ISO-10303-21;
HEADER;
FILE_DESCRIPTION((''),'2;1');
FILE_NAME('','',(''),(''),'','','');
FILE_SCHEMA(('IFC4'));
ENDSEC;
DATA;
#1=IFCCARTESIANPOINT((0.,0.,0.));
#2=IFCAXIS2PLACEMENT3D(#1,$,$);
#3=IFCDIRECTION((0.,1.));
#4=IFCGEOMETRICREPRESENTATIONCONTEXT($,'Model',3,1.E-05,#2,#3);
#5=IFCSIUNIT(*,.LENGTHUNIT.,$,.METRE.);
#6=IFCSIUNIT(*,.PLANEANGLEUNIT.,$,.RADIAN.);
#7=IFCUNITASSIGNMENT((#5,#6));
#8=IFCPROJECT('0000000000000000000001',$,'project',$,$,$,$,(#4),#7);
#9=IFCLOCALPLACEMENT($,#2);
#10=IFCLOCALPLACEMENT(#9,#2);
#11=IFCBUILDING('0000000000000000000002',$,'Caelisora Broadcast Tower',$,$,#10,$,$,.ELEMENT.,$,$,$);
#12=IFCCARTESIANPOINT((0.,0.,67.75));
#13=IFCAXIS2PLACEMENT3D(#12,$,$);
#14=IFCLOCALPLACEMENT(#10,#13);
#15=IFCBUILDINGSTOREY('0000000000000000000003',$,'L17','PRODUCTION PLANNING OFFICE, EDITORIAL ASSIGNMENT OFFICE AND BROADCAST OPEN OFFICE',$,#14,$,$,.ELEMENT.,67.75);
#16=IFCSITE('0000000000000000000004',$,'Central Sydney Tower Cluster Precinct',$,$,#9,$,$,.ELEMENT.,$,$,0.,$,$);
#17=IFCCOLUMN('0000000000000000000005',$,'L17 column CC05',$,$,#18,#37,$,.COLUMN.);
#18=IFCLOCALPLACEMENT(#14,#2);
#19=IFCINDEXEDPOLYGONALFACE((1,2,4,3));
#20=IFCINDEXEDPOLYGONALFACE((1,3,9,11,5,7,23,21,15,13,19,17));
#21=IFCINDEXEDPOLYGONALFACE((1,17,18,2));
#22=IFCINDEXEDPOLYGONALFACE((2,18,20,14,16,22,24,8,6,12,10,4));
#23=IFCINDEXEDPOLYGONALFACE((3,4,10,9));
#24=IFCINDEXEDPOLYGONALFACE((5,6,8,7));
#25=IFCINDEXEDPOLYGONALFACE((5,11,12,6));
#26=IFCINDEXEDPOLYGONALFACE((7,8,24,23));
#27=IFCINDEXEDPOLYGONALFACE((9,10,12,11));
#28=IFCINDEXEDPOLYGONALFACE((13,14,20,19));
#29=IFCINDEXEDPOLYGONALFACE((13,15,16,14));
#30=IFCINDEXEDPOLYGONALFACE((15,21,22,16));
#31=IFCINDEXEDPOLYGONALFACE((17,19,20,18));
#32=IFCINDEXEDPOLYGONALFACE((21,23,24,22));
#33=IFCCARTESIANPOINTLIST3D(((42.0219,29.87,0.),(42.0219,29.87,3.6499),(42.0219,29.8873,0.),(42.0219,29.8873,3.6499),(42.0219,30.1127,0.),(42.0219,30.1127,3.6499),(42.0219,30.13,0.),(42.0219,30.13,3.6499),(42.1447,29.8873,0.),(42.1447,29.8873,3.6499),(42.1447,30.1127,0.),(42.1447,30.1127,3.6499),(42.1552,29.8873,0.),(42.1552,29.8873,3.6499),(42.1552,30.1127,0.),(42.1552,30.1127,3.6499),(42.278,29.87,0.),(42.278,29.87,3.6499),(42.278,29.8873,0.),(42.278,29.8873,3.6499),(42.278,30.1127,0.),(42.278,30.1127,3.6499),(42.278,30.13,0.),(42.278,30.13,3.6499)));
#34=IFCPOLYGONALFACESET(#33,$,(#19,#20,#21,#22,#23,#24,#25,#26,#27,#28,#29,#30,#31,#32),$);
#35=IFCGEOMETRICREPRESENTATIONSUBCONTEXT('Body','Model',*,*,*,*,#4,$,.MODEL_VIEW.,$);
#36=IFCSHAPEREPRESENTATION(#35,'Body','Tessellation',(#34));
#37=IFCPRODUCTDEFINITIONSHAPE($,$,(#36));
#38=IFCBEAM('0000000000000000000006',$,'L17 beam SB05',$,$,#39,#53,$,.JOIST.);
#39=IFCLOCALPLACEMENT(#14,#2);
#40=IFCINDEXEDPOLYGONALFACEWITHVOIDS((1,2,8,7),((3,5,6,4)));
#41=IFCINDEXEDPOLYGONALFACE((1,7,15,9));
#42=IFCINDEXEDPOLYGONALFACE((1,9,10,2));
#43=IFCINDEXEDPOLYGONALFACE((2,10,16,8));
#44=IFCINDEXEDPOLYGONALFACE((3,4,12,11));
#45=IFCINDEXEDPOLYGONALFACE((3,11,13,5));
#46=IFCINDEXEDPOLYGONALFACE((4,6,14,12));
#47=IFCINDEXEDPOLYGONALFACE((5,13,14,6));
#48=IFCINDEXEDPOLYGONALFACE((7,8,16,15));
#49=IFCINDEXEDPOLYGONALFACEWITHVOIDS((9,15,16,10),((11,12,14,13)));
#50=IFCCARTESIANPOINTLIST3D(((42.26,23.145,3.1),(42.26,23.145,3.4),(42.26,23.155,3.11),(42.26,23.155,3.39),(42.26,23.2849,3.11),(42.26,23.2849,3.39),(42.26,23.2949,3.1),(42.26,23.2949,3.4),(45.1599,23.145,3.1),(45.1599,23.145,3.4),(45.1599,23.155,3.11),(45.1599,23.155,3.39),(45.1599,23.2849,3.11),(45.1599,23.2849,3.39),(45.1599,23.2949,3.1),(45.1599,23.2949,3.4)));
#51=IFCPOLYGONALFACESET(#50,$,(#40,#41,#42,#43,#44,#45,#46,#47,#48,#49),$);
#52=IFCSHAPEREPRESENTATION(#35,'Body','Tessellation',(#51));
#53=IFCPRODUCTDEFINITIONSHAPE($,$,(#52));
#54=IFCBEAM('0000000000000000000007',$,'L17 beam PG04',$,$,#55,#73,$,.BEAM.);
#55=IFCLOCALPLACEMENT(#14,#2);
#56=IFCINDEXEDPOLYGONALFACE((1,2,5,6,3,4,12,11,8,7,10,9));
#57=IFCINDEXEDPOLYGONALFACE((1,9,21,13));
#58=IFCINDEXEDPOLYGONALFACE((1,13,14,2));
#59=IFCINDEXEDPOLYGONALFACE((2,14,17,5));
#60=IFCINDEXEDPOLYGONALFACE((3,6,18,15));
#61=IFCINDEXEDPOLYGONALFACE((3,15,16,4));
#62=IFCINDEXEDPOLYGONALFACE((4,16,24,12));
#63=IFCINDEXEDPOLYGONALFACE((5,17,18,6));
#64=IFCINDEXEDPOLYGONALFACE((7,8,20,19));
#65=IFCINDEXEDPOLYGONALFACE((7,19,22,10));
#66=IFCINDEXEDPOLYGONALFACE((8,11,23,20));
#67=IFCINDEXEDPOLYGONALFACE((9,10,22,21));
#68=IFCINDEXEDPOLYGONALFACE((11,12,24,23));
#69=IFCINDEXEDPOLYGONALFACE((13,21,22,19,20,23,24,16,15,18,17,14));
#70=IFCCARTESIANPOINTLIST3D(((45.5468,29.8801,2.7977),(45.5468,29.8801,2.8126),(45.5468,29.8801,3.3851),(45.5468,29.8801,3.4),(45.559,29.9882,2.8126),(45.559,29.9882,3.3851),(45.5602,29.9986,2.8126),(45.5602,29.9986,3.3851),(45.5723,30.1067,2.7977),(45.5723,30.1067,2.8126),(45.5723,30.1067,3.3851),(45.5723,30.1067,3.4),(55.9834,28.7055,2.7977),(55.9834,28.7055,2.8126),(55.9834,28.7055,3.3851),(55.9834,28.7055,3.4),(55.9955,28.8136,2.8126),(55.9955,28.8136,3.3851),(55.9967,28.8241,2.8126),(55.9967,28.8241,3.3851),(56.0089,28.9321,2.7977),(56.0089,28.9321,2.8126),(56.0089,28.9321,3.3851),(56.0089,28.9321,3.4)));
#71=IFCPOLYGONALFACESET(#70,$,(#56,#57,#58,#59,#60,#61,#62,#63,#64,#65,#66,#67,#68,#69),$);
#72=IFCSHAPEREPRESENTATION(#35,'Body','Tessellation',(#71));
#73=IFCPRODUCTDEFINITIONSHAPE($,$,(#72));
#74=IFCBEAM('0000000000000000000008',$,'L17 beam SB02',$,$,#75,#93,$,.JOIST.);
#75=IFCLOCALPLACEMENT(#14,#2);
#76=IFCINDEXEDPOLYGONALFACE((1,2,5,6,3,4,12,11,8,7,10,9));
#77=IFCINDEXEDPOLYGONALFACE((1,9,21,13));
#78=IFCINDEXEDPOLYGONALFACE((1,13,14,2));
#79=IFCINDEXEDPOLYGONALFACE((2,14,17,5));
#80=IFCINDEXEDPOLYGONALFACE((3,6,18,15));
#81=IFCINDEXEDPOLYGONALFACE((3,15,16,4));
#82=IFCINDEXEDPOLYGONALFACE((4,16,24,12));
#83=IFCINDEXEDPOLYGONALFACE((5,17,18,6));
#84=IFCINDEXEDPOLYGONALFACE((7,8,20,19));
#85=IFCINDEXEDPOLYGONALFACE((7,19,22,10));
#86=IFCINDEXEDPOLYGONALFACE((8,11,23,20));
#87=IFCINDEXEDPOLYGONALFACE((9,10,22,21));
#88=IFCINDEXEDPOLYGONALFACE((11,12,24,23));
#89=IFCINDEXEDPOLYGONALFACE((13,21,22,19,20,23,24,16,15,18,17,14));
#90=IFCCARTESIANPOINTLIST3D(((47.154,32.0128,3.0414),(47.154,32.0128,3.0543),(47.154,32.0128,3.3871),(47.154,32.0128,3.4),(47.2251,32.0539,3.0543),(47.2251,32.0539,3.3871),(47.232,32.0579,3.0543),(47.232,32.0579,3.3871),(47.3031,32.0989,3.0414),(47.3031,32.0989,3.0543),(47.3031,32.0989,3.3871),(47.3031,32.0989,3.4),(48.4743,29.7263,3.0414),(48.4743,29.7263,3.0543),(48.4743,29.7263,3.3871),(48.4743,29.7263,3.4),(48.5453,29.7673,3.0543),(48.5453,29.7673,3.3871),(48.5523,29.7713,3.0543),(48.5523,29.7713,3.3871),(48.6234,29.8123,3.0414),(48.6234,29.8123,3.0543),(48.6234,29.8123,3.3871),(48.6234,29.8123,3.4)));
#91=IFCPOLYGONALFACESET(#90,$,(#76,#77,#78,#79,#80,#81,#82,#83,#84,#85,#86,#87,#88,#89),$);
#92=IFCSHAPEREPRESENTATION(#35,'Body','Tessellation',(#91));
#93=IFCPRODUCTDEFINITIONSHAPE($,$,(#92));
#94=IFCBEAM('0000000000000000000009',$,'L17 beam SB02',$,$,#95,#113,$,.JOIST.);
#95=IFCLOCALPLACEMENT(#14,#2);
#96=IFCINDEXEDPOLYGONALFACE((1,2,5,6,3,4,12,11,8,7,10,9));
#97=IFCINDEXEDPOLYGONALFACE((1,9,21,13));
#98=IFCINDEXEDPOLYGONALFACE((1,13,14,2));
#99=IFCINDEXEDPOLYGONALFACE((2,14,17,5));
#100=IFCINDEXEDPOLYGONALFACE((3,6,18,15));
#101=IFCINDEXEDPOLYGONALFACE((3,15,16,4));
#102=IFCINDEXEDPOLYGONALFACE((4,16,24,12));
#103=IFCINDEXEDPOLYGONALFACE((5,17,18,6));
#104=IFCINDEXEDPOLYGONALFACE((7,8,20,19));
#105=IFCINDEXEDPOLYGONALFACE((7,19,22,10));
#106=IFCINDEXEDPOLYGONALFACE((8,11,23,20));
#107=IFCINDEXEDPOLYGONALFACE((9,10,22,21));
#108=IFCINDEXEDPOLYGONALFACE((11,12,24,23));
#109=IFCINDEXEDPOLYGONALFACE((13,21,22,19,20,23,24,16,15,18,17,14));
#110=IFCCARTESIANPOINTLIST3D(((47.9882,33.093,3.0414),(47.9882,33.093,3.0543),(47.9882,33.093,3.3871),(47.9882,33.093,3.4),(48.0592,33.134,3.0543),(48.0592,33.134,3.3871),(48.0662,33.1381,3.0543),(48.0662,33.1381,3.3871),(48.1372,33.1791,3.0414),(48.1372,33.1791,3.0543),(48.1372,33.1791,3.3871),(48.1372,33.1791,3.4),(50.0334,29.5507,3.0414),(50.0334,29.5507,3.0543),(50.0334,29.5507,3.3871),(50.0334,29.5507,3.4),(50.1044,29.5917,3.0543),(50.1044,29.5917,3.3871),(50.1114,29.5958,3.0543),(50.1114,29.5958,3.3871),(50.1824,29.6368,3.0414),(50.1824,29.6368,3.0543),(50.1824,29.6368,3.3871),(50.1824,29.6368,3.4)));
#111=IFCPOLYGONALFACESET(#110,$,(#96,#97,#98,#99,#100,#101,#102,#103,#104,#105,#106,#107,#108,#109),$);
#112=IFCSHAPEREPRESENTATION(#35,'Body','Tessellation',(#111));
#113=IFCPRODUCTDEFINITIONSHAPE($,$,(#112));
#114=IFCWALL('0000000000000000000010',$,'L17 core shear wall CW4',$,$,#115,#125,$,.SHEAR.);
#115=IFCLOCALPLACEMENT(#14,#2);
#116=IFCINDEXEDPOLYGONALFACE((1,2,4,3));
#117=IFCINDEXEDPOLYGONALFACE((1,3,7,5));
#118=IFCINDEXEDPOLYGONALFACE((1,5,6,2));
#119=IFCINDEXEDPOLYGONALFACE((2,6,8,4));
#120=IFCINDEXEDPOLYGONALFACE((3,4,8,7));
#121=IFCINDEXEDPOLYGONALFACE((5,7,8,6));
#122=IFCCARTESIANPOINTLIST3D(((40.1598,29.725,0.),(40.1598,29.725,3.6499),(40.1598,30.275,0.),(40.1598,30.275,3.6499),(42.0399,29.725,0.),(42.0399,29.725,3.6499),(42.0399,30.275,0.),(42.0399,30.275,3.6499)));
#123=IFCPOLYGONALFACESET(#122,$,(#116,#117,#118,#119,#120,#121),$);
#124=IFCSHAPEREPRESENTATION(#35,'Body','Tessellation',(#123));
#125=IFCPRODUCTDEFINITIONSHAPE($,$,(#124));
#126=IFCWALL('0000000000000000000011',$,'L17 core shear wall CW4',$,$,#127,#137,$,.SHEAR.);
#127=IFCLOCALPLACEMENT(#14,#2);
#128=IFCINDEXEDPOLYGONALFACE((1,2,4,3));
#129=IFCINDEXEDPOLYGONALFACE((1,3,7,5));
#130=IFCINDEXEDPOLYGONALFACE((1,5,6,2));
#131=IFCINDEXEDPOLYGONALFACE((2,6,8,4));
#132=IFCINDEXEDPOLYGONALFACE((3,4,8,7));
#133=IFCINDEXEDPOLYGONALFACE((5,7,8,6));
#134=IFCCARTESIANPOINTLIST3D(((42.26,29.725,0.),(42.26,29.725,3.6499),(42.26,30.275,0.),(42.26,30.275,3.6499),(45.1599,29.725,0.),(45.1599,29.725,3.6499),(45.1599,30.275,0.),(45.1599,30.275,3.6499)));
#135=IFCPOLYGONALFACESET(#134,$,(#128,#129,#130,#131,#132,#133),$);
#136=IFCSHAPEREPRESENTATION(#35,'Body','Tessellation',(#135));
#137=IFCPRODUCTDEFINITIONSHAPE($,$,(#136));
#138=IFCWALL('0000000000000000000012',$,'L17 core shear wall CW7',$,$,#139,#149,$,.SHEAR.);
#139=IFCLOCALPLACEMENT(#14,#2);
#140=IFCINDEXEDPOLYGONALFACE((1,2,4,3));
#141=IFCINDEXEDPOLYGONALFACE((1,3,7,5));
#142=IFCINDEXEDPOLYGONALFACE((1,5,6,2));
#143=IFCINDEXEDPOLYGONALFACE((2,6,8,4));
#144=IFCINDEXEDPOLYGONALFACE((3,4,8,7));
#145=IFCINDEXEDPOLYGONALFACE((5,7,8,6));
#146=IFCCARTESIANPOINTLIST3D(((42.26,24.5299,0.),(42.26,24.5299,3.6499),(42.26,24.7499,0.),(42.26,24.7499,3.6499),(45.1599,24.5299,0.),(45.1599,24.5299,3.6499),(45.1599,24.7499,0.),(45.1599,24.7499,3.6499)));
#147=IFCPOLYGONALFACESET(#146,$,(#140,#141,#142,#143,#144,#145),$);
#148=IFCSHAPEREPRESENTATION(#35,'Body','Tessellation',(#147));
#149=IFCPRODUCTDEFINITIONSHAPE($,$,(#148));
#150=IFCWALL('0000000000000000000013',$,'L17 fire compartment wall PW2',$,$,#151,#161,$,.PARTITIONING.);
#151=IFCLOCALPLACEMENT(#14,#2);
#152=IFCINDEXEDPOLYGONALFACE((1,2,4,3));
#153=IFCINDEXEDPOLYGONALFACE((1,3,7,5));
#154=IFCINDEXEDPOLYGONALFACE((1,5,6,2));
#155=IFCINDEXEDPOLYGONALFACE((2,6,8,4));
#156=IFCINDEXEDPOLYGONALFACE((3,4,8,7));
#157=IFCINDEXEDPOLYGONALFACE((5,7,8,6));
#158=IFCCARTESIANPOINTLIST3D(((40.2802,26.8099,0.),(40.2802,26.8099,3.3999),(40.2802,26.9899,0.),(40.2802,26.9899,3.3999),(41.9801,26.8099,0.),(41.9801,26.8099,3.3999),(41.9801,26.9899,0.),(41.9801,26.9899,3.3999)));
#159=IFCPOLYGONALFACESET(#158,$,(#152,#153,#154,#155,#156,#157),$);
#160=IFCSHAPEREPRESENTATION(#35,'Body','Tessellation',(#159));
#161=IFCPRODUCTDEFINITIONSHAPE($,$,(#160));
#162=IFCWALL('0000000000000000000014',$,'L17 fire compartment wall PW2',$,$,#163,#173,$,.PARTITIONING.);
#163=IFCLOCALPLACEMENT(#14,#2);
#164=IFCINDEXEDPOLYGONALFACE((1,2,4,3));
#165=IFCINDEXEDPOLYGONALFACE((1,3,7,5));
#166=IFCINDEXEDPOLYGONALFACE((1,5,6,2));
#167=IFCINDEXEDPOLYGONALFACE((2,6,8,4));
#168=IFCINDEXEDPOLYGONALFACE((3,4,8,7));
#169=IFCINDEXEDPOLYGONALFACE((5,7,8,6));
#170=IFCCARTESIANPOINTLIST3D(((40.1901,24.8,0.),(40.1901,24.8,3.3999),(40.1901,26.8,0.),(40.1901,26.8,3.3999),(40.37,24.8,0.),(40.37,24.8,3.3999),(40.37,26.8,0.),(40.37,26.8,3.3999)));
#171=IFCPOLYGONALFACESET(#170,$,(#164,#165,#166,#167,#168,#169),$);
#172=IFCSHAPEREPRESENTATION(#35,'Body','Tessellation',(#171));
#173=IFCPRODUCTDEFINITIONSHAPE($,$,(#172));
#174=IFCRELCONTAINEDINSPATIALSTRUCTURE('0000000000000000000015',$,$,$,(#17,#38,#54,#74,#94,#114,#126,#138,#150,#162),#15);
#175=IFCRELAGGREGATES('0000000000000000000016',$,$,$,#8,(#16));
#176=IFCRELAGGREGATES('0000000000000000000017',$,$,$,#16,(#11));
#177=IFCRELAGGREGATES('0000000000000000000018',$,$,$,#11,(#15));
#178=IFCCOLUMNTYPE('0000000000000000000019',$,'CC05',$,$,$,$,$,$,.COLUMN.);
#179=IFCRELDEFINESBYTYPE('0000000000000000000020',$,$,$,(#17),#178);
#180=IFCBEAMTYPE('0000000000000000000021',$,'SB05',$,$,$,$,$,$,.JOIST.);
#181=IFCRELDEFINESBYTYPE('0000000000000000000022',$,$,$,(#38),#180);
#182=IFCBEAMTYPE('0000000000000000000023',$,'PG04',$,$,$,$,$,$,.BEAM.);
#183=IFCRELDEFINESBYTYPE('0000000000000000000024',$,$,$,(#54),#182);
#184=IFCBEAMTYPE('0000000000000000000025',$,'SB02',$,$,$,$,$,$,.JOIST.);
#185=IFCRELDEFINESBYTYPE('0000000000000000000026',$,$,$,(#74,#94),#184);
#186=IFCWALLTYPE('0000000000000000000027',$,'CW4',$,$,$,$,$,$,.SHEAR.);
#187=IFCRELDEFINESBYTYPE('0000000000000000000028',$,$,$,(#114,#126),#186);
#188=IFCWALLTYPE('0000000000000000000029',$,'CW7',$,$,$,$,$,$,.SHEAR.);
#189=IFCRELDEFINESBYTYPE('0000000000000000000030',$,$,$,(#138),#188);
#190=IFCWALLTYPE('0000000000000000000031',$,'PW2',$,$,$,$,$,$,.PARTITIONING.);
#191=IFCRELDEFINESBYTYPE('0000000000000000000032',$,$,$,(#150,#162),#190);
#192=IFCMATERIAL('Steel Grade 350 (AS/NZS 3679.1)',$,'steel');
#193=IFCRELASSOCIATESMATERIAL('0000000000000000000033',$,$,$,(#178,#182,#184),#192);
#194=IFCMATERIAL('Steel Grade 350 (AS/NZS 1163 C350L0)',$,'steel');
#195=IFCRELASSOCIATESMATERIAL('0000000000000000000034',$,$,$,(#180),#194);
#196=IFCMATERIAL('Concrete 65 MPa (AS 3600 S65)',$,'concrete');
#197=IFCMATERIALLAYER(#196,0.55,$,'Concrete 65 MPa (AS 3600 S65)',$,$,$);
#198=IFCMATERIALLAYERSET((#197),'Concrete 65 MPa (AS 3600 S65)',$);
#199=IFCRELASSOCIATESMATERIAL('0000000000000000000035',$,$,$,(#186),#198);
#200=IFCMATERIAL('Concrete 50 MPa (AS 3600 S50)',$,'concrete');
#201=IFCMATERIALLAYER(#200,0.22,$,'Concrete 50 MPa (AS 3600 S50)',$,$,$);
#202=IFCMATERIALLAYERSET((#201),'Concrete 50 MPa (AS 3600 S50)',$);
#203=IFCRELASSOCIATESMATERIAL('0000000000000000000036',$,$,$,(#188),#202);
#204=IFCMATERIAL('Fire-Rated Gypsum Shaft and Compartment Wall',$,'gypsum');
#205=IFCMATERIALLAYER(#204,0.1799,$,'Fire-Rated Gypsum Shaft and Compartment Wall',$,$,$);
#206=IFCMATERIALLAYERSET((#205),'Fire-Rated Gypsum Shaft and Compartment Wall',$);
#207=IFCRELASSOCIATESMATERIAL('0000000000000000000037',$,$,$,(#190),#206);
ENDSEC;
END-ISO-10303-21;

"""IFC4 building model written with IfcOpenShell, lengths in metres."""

from ifc_helpers import new_model, si_unit, direction, frame, frame_2d, origin, origin_2d, place, context, subcontext, project, spatial, rectangle, hollow_rectangle, i_section, extrude, source, transform, mapped, material, layer, layer_set, material_profile, profile_set, type_object, type_shapes, element, save


model = new_model("IFC4")

# Units and contexts
model_context = context("Model", 3, precision=1e-05, world=origin(), true_north=direction((0.0, 1.0)))
body_context = subcontext(model_context, "Body", "Model", "MODEL_VIEW")
ifc_project = project(units=[si_unit("LENGTHUNIT", "METRE"), si_unit("PLANEANGLEUNIT", "RADIAN")], contexts=[model_context])

# Site, building, storey
site_placement = place(None, origin())
site = spatial("IfcSite", under=ifc_project, at=site_placement, Name="Central Sydney Tower Cluster Precinct", CompositionType="ELEMENT", RefElevation=0.0)
building_placement = place(site_placement, origin())
building = spatial("IfcBuilding", under=site, at=building_placement, Name="Caelisora Broadcast Tower", CompositionType="ELEMENT")
storey_placement = place(building_placement, frame((0.0, 0.0, 67.75)))
storey = spatial("IfcBuildingStorey", under=building, at=storey_placement, Name="L17", Description="PRODUCTION PLANNING OFFICE, EDITORIAL ASSIGNMENT OFFICE AND BROADCAST OPEN OFFICE", CompositionType="ELEMENT", Elevation=67.75)

# Column
ifc_material_1 = material(Name="Steel Grade 350 (AS/NZS 3679.1)", Category="steel")
ifc_material_profile_1 = material_profile(ifc_material_1, i_section(OverallWidth=0.2561, OverallDepth=0.26, WebThickness=0.0105, FlangeThickness=0.0173, at=origin_2d()), Name="Steel Grade 350 (AS/NZS 3679.1)")
ifc_profile_set_1 = profile_set([ifc_material_profile_1], Name="Steel Grade 350 (AS/NZS 3679.1)")
column_type = type_object("IfcColumnType", Name="CC05", PredefinedType="COLUMN", material=ifc_profile_set_1)
shared_shape_1 = source(origin(), body_context, "Body", "SweptSolid", [
    extrude(i_section(OverallWidth=0.2561, OverallDepth=0.26, WebThickness=0.0105, FlangeThickness=0.0173, at=origin_2d()), origin(), (0.0, 0.0, 1.0), 3.6499),
])
type_shapes(column_type, [shared_shape_1])
column_placement = place(storey_placement, frame((42.1499, 30.0, 0.0), z_axis=(0.0, 0.0, 1.0), x_axis=(1.0, 0.0, 0.0)))
element("IfcColumn", 1, at=column_placement, inside=storey, type_object=column_type, Name="L17 column CC05", PredefinedType="COLUMN", context=body_context, shape_type="MappedRepresentation", body=[
    mapped(shared_shape_1, transform((0.0, 0.0, 0.0), scale=1.0)),
])

# Beams
ifc_material_2 = material(Name="Steel Grade 350 (AS/NZS 1163 C350L0)", Category="steel")
ifc_material_profile_2 = material_profile(ifc_material_2, hollow_rectangle(XDim=0.1499, YDim=0.3, WallThickness=0.01, at=origin_2d()), Name="Steel Grade 350 (AS/NZS 1163 C350L0)")
ifc_profile_set_2 = profile_set([ifc_material_profile_2], Name="Steel Grade 350 (AS/NZS 1163 C350L0)")
beam_type_1 = type_object("IfcBeamType", Name="SB05", PredefinedType="JOIST", material=ifc_profile_set_2)
shared_shape_2 = source(origin(), body_context, "Body", "SweptSolid", [
    extrude(hollow_rectangle(XDim=0.1499, YDim=0.3, WallThickness=0.01, at=origin_2d()), origin(), (0.0, 0.0, 1.0), 2.8999),
])
type_shapes(beam_type_1, [shared_shape_2])
beam_1_placement = place(storey_placement, frame((42.26, 23.22, 3.25), z_axis=(1.0, 0.0, 0.0), x_axis=(0.0, 1.0, 0.0)))
element("IfcBeam", 2, at=beam_1_placement, inside=storey, type_object=beam_type_1, Name="L17 beam SB05", PredefinedType="JOIST", context=body_context, shape_type="MappedRepresentation", body=[
    mapped(shared_shape_2, transform((0.0, 0.0, 0.0), scale=1.0)),
])
ifc_material_profile_3 = material_profile(ifc_material_1, i_section(OverallWidth=0.228, OverallDepth=0.6023, WebThickness=0.0105, FlangeThickness=0.0149, at=origin_2d()), Name="Steel Grade 350 (AS/NZS 3679.1)")
ifc_profile_set_3 = profile_set([ifc_material_profile_3], Name="Steel Grade 350 (AS/NZS 3679.1)")
beam_type_2 = type_object("IfcBeamType", Name="PG04", PredefinedType="BEAM", material=ifc_profile_set_3)
shared_shape_3 = source(origin(), body_context, "Body", "SweptSolid", [
    extrude(i_section(OverallWidth=0.228, OverallDepth=0.6023, WebThickness=0.0105, FlangeThickness=0.0149, at=origin_2d()), origin(), (0.0, 0.0, 1.0), 10.5024),
])
type_shapes(beam_type_2, [shared_shape_3])
beam_2_placement = place(storey_placement, frame((45.5596, 29.9934, 3.0989), z_axis=(0.993727, -0.111837, 0.0), x_axis=(0.111837, 0.993727, 0.0)))
element("IfcBeam", 3, at=beam_2_placement, inside=storey, type_object=beam_type_2, Name="L17 beam PG04", PredefinedType="BEAM", context=body_context, shape_type="MappedRepresentation", body=[
    mapped(shared_shape_3, transform((0.0, 0.0, 0.0), scale=1.0)),
])
ifc_material_profile_4 = material_profile(ifc_material_1, i_section(OverallWidth=0.1721, OverallDepth=0.3586, WebThickness=0.0081, FlangeThickness=0.0129, at=origin_2d()), Name="Steel Grade 350 (AS/NZS 3679.1)")
ifc_profile_set_4 = profile_set([ifc_material_profile_4], Name="Steel Grade 350 (AS/NZS 3679.1)")
beam_type_3 = type_object("IfcBeamType", Name="SB02", PredefinedType="JOIST", material=ifc_profile_set_4)
shared_shape_4 = source(origin(), body_context, "Body", "SweptSolid", [
    extrude(i_section(OverallWidth=0.1721, OverallDepth=0.3586, WebThickness=0.0081, FlangeThickness=0.0129, at=origin_2d()), origin(), (0.0, 0.0, 1.0), 2.6404),
])
beam_3_placement = place(storey_placement, frame((48.5488, 29.7693, 3.2207), z_axis=(-0.500037, 0.866004, 0.0), x_axis=(-0.866004, -0.500037, 0.0)))
element("IfcBeam", 4, at=beam_3_placement, inside=storey, type_object=beam_type_3, Name="L17 beam SB02", PredefinedType="JOIST", context=body_context, shape_type="MappedRepresentation", body=[
    mapped(shared_shape_4, transform((0.0, 0.0, 0.0), scale=1.0)),
])
shared_shape_5 = source(origin(), body_context, "Body", "SweptSolid", [
    extrude(i_section(OverallWidth=0.1721, OverallDepth=0.3586, WebThickness=0.0081, FlangeThickness=0.0129, at=origin_2d()), origin(), (0.0, 0.0, 1.0), 4.0903),
])
type_shapes(beam_type_3, [shared_shape_4, shared_shape_5])
beam_4_placement = place(storey_placement, frame((50.1079, 29.5938, 3.2207), z_axis=(-0.50001, 0.86602, 0.0), x_axis=(-0.86602, -0.50001, 0.0)))
element("IfcBeam", 5, at=beam_4_placement, inside=storey, type_object=beam_type_3, Name="L17 beam SB02", PredefinedType="JOIST", context=body_context, shape_type="MappedRepresentation", body=[
    mapped(shared_shape_5, transform((0.0, 0.0, 0.0), scale=1.0)),
])

# Walls
ifc_material_3 = material(Name="Concrete 65 MPa (AS 3600 S65)", Category="concrete")
ifc_layer_1 = layer(ifc_material_3, 0.55, Name="Concrete 65 MPa (AS 3600 S65)")
ifc_layer_set_1 = layer_set([ifc_layer_1], Name="Concrete 65 MPa (AS 3600 S65)")
wall_type_1 = type_object("IfcWallType", Name="CW4", PredefinedType="SHEAR", material=ifc_layer_set_1)
wall_1_placement = place(storey_placement, frame((40.1599, 30.0, 0.0), z_axis=(0.0, 0.0, 1.0), x_axis=(1.0, 0.0, 0.0)))
element("IfcWall", 6, at=wall_1_placement, inside=storey, type_object=wall_type_1, Name="L17 core shear wall CW4", PredefinedType="SHEAR", context=body_context, shape_type="SweptSolid", body=[
    extrude(rectangle(XDim=1.8801, YDim=0.55, at=frame_2d((0.9399, 0.0))), origin(), (0.0, 0.0, 1.0), 3.6499),
])
wall_2_placement = place(storey_placement, frame((42.26, 30.0, 0.0), z_axis=(0.0, 0.0, 1.0), x_axis=(1.0, 0.0, 0.0)))
element("IfcWall", 7, at=wall_2_placement, inside=storey, type_object=wall_type_1, Name="L17 core shear wall CW4", PredefinedType="SHEAR", context=body_context, shape_type="SweptSolid", body=[
    extrude(rectangle(XDim=2.8999, YDim=0.55, at=frame_2d((1.45, 0.0))), origin(), (0.0, 0.0, 1.0), 3.6499),
])
ifc_material_4 = material(Name="Concrete 50 MPa (AS 3600 S50)", Category="concrete")
ifc_layer_2 = layer(ifc_material_4, 0.22, Name="Concrete 50 MPa (AS 3600 S50)")
ifc_layer_set_2 = layer_set([ifc_layer_2], Name="Concrete 50 MPa (AS 3600 S50)")
wall_type_2 = type_object("IfcWallType", Name="CW7", PredefinedType="SHEAR", material=ifc_layer_set_2)
wall_3_placement = place(storey_placement, frame((42.26, 24.6399, 0.0), z_axis=(0.0, 0.0, 1.0), x_axis=(1.0, 0.0, 0.0)))
element("IfcWall", 8, at=wall_3_placement, inside=storey, type_object=wall_type_2, Name="L17 core shear wall CW7", PredefinedType="SHEAR", context=body_context, shape_type="SweptSolid", body=[
    extrude(rectangle(XDim=2.8999, YDim=0.22, at=frame_2d((1.45, 0.0))), origin(), (0.0, 0.0, 1.0), 3.6499),
])
ifc_material_5 = material(Name="Fire-Rated Gypsum Shaft and Compartment Wall", Category="gypsum")
ifc_layer_3 = layer(ifc_material_5, 0.1799, Name="Fire-Rated Gypsum Shaft and Compartment Wall")
ifc_layer_set_3 = layer_set([ifc_layer_3], Name="Fire-Rated Gypsum Shaft and Compartment Wall")
wall_type_3 = type_object("IfcWallType", Name="PW2", PredefinedType="PARTITIONING", material=ifc_layer_set_3)
wall_4_placement = place(storey_placement, frame((40.28, 26.8999, 0.0), z_axis=(0.0, 0.0, 1.0), x_axis=(1.0, 0.0, 0.0)))
element("IfcWall", 9, at=wall_4_placement, inside=storey, type_object=wall_type_3, Name="L17 fire compartment wall PW2", PredefinedType="PARTITIONING", context=body_context, shape_type="SweptSolid", body=[
    extrude(rectangle(XDim=1.7, YDim=0.1799, at=frame_2d((0.8501, 0.0))), origin(), (0.0, 0.0, 1.0), 3.3999),
])
wall_5_placement = place(storey_placement, frame((40.28, 24.8, 0.0), z_axis=(0.0, 0.0, 1.0), x_axis=(0.0, 1.0, 0.0)))
element("IfcWall", 10, at=wall_5_placement, inside=storey, type_object=wall_type_3, Name="L17 fire compartment wall PW2", PredefinedType="PARTITIONING", context=body_context, shape_type="SweptSolid", body=[
    extrude(rectangle(XDim=2.0, YDim=0.1799, at=frame_2d((1.0, 0.0))), origin(), (0.0, 0.0, 1.0), 3.3999),
])

save(model, "model.ifc")
